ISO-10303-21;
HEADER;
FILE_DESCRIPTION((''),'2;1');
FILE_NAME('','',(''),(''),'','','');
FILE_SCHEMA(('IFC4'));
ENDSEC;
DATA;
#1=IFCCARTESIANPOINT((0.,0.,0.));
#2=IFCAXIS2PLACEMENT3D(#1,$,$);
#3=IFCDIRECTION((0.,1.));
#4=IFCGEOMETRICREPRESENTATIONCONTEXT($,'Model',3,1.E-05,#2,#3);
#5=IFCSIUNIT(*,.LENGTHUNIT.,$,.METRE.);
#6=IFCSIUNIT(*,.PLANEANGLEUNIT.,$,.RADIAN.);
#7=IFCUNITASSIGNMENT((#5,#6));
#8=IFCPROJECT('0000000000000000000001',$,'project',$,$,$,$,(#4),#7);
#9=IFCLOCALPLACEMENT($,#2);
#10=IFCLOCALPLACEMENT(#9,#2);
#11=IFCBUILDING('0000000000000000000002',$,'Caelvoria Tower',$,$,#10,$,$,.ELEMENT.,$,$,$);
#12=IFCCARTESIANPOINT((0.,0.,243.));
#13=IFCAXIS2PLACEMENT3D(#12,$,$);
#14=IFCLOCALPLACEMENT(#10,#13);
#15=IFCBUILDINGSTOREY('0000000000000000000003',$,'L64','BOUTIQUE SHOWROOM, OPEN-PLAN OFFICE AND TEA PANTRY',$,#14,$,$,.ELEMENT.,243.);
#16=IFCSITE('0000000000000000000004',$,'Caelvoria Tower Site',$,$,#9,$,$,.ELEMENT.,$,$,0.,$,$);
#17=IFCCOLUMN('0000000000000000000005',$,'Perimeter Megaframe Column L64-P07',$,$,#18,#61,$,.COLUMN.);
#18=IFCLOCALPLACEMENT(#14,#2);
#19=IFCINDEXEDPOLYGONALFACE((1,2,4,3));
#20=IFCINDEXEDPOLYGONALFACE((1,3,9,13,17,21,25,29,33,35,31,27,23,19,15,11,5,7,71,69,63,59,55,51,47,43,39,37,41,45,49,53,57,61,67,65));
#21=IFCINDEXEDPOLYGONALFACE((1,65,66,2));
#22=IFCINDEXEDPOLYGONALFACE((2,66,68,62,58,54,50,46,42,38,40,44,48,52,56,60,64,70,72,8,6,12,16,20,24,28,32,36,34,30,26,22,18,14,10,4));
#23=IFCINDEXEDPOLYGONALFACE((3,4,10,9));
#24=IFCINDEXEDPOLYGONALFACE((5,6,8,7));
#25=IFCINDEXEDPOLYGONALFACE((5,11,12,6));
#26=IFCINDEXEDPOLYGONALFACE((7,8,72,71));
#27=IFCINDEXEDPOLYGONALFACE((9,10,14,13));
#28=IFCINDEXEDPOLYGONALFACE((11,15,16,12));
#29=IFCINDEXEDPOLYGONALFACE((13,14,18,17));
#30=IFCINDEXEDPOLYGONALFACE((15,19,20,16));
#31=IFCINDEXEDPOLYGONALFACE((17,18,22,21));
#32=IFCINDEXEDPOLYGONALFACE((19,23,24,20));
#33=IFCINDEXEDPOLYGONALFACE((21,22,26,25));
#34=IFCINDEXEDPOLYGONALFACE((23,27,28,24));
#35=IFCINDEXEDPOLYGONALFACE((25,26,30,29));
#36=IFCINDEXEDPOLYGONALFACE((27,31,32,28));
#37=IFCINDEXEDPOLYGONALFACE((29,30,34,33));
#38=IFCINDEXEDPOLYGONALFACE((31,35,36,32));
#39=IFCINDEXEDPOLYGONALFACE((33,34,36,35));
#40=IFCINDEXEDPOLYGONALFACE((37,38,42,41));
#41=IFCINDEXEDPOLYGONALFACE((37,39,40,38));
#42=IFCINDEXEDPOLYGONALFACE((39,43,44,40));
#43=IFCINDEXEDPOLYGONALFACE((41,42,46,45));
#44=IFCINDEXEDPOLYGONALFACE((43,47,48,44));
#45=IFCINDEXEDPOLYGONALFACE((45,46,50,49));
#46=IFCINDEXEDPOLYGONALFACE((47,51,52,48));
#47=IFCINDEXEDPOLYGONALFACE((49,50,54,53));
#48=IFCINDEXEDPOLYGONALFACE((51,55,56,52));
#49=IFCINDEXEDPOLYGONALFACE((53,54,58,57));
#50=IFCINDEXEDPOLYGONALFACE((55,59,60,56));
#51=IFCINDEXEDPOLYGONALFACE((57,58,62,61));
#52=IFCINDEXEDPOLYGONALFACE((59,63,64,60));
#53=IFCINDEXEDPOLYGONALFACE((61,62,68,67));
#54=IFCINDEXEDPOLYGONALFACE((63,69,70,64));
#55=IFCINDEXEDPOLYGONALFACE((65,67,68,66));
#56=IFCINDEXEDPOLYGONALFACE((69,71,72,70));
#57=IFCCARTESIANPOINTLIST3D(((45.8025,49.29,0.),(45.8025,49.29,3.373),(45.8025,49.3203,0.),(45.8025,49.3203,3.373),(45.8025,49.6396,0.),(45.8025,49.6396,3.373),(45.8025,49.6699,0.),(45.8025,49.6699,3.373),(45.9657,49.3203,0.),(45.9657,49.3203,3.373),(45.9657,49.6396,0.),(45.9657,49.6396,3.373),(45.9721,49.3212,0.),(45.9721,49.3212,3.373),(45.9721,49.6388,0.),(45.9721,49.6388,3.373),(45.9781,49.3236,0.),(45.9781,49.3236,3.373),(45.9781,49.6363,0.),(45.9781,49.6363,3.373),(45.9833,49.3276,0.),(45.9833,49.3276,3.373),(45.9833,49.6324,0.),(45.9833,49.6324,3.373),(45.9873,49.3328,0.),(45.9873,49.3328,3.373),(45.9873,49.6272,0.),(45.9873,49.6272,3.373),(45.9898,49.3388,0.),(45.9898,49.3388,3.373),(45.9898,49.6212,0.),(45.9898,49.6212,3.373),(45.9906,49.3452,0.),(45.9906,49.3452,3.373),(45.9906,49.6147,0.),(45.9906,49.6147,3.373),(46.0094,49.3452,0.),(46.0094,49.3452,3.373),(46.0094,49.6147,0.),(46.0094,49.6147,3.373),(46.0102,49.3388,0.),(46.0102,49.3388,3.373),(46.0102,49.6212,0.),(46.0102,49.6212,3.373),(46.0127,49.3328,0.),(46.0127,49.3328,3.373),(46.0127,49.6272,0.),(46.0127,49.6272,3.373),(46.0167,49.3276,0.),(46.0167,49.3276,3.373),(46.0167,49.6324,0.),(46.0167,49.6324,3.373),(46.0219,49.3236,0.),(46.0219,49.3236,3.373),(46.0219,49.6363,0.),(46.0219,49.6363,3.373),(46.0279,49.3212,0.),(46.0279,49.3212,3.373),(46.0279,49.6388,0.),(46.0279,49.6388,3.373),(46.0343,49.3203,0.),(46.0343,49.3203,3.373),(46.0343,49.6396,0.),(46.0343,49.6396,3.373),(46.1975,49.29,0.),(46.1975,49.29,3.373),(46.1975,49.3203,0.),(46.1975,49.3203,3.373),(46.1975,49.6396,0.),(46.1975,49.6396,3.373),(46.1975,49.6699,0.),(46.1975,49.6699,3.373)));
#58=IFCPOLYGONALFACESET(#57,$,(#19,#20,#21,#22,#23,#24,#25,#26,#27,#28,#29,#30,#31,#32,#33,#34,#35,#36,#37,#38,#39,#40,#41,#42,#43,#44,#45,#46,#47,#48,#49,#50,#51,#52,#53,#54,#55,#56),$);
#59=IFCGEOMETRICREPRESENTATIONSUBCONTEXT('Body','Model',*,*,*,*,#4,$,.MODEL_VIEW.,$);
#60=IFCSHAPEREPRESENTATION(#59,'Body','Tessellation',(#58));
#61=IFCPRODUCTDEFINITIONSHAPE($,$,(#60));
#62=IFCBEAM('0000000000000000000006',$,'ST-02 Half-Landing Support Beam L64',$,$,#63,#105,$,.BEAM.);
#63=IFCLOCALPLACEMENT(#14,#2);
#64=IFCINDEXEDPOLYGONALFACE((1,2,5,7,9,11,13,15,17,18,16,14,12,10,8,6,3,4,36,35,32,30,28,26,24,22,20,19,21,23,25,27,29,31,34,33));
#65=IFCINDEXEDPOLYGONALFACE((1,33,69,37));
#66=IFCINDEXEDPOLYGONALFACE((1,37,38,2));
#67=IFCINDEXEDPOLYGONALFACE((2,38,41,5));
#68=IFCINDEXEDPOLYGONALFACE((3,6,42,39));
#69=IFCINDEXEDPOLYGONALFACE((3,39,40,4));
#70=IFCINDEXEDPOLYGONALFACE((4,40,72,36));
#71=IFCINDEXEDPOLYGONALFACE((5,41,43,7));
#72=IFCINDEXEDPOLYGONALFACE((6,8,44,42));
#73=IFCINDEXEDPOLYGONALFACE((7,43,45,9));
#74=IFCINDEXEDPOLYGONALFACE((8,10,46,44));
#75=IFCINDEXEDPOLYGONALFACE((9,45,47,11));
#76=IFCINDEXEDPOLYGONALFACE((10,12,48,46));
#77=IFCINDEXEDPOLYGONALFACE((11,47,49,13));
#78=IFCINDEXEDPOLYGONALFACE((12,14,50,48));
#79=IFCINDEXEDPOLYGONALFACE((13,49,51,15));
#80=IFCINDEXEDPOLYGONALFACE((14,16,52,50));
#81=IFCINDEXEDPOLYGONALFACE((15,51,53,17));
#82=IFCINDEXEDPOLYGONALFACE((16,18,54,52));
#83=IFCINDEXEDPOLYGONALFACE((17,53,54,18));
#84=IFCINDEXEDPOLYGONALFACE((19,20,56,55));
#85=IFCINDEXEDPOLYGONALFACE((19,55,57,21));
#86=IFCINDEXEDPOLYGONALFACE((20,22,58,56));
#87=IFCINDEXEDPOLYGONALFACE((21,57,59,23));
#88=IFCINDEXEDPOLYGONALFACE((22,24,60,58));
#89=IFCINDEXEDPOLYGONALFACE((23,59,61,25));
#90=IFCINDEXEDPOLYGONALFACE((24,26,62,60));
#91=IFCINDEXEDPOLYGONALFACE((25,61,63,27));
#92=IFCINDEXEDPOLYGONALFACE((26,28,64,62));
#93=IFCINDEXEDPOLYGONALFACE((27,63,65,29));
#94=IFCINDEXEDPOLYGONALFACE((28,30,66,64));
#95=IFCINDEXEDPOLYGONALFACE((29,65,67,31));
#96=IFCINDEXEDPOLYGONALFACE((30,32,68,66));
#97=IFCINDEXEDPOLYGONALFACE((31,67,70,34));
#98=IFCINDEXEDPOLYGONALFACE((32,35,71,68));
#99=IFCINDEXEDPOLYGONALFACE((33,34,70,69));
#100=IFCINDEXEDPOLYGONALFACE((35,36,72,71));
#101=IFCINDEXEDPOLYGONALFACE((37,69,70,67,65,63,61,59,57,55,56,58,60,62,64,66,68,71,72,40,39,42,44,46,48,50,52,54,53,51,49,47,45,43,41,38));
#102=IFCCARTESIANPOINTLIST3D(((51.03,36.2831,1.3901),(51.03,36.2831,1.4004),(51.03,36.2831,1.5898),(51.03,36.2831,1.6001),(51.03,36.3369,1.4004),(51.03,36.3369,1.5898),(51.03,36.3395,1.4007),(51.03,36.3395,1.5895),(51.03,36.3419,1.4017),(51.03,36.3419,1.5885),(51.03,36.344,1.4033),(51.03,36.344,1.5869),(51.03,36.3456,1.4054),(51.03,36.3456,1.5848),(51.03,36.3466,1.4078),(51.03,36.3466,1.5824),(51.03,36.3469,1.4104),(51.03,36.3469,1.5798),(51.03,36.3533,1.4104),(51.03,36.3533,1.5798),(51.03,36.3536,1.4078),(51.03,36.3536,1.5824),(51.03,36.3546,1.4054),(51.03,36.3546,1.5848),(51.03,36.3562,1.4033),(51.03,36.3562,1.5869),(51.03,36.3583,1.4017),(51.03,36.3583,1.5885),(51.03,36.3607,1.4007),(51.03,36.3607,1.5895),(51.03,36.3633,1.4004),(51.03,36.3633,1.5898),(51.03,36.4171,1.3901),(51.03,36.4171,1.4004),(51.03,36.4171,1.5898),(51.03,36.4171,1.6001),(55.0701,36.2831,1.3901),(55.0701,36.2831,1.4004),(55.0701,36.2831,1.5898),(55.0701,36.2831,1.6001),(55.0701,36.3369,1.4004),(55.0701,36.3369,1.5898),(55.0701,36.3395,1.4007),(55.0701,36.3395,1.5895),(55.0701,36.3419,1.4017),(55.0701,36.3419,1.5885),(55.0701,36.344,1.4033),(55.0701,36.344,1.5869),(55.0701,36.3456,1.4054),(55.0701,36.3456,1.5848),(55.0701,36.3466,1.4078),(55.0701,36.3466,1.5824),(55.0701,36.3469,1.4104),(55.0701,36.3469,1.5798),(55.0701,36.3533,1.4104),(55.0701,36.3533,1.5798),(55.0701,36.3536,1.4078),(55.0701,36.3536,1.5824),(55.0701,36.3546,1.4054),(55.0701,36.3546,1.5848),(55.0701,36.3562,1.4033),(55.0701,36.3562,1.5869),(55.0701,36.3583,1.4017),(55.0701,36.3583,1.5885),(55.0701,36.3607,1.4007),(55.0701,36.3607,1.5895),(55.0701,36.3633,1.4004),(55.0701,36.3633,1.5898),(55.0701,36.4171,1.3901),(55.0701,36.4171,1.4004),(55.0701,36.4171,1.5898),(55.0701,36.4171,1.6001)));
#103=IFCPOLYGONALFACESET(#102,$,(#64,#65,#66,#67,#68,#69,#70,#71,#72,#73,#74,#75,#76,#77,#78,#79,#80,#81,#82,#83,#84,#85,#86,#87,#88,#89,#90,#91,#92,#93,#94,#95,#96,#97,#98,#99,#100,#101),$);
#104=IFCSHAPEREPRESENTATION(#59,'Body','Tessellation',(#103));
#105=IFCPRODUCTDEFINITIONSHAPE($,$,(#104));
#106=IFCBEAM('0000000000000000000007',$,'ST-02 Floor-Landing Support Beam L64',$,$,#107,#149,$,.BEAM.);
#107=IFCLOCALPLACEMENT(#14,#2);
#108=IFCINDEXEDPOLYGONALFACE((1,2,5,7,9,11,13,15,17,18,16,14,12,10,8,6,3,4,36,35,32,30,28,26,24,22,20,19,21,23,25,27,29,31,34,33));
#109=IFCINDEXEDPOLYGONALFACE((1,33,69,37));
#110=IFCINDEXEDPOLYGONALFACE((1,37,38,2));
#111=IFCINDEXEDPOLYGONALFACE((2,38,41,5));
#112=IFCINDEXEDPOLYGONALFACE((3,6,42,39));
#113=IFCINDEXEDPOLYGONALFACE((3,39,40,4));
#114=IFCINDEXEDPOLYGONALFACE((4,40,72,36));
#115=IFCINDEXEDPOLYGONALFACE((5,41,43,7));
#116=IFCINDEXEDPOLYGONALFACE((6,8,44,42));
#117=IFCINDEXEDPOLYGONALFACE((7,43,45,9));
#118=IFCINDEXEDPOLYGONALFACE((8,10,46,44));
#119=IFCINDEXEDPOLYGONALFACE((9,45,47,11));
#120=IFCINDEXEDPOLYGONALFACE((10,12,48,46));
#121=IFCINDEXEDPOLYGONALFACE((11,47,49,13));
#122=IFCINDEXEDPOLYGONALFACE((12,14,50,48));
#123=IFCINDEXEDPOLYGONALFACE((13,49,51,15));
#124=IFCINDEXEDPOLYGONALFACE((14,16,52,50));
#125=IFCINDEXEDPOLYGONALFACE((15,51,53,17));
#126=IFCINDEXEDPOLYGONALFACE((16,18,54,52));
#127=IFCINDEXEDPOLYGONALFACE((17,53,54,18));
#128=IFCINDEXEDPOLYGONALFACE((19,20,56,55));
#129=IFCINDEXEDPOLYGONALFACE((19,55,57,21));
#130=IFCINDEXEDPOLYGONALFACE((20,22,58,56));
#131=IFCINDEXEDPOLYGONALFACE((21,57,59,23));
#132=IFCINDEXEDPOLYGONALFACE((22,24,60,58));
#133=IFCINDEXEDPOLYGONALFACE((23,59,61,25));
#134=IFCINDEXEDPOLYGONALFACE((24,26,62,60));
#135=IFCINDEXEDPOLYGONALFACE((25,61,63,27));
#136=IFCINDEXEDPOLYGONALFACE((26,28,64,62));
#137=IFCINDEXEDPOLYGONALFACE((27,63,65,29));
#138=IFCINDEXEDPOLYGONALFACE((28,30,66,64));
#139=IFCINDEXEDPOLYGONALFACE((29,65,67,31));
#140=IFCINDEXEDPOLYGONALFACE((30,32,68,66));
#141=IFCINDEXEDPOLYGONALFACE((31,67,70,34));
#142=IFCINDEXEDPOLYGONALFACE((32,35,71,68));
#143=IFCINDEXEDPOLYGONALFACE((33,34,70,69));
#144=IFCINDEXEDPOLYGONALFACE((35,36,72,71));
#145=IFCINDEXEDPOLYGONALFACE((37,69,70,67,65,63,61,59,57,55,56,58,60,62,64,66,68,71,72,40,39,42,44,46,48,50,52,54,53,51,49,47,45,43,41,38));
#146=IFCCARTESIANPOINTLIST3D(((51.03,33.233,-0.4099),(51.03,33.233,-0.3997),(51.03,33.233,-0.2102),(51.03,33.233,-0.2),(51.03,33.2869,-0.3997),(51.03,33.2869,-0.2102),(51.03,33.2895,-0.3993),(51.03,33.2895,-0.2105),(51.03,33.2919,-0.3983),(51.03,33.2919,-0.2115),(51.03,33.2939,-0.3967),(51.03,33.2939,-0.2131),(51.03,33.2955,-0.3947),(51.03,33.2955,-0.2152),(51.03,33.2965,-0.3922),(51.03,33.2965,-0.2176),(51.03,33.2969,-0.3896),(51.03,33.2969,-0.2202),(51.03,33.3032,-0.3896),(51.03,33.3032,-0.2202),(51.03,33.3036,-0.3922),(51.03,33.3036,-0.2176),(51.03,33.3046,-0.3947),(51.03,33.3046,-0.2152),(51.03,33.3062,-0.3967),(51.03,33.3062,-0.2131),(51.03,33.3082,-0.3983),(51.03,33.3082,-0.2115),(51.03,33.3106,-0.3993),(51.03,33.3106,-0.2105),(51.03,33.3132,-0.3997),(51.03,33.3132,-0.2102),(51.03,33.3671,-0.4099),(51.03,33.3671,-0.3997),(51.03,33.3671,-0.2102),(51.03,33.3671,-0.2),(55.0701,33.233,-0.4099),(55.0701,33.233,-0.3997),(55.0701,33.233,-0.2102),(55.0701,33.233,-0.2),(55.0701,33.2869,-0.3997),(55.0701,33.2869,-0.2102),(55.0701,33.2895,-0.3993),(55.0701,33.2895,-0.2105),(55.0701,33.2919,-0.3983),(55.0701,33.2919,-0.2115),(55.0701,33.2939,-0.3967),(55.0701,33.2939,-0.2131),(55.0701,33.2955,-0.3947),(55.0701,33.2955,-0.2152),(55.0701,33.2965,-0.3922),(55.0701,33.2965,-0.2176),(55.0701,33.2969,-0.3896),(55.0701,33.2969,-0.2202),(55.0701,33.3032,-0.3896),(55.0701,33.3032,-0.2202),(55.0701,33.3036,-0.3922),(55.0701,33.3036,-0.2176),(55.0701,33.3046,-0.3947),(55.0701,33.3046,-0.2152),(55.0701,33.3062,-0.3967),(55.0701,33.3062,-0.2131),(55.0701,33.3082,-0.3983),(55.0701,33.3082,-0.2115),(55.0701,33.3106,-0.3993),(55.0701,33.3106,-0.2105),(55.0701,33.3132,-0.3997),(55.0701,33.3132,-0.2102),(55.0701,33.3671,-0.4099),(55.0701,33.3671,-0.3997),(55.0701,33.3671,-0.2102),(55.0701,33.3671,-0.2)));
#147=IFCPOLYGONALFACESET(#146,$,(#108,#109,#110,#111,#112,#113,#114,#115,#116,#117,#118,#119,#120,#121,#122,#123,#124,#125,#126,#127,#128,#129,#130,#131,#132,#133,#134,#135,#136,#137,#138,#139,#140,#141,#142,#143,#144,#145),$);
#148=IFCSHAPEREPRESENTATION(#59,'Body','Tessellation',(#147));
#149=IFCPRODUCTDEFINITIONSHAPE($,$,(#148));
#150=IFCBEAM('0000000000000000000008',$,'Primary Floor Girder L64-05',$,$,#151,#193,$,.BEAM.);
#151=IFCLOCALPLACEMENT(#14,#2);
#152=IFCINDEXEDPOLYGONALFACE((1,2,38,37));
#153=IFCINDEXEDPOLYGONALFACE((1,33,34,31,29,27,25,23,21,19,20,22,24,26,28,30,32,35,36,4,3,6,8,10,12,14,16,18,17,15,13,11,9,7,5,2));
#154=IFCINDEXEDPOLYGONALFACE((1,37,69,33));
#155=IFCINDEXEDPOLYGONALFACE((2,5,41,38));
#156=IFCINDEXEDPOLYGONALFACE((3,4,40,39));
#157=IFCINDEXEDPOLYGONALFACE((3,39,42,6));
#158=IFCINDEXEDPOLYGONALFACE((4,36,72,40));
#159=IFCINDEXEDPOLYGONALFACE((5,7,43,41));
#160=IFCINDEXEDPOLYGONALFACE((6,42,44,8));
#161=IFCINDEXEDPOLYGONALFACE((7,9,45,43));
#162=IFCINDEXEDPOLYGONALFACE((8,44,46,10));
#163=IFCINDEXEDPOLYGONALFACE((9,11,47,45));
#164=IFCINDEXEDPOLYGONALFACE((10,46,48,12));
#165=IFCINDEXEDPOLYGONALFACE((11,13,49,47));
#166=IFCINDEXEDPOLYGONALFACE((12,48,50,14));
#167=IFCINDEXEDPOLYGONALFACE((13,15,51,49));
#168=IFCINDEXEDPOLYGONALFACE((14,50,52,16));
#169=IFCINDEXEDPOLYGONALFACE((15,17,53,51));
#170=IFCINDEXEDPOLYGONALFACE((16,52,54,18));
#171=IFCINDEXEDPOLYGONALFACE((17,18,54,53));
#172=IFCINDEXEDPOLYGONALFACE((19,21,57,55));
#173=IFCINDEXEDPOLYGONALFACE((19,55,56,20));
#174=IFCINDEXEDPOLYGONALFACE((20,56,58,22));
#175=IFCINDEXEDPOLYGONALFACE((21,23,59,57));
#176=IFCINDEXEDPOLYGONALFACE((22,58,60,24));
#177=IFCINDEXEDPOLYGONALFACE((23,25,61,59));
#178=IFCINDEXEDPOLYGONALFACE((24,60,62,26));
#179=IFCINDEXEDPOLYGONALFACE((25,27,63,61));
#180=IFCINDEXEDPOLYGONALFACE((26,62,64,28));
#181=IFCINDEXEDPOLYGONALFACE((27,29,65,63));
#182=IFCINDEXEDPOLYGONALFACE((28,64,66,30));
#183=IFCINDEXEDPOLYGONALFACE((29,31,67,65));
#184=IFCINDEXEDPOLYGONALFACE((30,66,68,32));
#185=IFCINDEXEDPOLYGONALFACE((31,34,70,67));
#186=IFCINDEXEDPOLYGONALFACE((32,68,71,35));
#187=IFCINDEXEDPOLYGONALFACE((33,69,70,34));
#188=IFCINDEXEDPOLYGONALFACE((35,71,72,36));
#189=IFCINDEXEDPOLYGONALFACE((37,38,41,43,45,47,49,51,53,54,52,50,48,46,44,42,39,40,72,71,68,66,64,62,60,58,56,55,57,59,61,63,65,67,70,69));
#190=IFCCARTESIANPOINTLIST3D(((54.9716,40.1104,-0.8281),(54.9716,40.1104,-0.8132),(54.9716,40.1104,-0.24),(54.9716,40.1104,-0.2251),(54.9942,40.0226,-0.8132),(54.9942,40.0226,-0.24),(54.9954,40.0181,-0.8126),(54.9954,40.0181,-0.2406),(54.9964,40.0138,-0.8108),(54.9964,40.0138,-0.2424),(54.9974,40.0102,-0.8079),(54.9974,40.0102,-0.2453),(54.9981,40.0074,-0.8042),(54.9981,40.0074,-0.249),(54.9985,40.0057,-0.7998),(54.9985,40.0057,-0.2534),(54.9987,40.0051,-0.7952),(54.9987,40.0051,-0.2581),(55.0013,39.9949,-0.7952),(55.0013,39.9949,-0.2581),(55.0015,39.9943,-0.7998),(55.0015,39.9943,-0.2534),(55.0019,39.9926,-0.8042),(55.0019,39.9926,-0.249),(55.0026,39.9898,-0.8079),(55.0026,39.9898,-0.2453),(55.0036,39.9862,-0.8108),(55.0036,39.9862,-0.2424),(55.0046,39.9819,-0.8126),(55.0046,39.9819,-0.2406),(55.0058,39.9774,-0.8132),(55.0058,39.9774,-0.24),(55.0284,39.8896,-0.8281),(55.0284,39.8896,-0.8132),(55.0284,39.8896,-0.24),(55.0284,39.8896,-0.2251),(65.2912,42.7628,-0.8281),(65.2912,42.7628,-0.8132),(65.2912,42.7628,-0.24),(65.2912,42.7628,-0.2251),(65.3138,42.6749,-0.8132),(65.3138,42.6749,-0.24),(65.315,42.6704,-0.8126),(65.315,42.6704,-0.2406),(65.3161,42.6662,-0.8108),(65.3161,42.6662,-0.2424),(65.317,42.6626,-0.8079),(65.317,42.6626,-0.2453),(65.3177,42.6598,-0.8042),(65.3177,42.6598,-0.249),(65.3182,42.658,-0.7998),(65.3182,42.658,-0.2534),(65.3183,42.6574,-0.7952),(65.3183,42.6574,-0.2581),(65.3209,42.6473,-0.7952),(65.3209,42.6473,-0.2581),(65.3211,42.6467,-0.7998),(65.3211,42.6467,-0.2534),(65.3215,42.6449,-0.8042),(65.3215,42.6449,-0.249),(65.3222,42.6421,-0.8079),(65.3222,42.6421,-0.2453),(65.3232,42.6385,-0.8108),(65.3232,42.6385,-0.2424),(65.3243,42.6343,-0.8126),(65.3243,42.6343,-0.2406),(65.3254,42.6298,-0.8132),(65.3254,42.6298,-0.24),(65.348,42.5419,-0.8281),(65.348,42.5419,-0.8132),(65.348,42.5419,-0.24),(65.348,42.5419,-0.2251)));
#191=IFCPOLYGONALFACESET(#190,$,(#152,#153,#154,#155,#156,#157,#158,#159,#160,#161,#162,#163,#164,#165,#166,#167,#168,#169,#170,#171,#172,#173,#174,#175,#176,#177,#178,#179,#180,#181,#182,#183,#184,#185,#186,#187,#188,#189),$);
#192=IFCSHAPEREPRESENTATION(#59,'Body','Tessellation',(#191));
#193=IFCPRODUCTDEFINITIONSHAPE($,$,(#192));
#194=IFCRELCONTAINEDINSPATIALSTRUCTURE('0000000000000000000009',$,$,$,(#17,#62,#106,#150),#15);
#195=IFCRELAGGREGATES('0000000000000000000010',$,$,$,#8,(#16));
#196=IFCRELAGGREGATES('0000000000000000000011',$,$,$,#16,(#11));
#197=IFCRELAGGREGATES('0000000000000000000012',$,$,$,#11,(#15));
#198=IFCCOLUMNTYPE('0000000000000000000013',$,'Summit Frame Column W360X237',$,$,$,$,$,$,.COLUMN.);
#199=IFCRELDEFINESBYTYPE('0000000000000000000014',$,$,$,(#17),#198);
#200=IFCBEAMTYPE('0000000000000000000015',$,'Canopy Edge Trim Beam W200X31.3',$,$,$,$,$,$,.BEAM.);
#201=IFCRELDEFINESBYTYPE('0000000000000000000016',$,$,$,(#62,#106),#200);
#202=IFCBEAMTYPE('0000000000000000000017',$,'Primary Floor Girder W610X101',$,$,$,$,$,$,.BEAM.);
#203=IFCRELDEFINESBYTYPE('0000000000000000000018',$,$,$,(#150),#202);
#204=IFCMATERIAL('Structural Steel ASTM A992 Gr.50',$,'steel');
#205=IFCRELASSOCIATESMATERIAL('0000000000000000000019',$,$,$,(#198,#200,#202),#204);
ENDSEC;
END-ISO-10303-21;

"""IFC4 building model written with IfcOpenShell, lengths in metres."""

from ifc_helpers import new_model, si_unit, direction, frame, origin, origin_2d, place, context, subcontext, project, spatial, i_section, extrude, material, material_profile, profile_set, type_object, element, save


model = new_model("IFC4")

# Units and contexts
model_context = context("Model", 3, precision=1e-05, world=origin(), true_north=direction((0.0, 1.0)))
body_context = subcontext(model_context, "Body", "Model", "MODEL_VIEW")
ifc_project = project(units=[si_unit("LENGTHUNIT", "METRE"), si_unit("PLANEANGLEUNIT", "RADIAN")], contexts=[model_context])

# Site, building, storey
site_placement = place(None, origin())
site = spatial("IfcSite", under=ifc_project, at=site_placement, Name="Caelvoria Tower Site", CompositionType="ELEMENT", RefElevation=0.0)
building_placement = place(site_placement, origin())
building = spatial("IfcBuilding", under=site, at=building_placement, Name="Caelvoria Tower", CompositionType="ELEMENT")
storey_placement = place(building_placement, frame((0.0, 0.0, 243.0)))
storey = spatial("IfcBuildingStorey", under=building, at=storey_placement, Name="L64", Description="BOUTIQUE SHOWROOM, OPEN-PLAN OFFICE AND TEA PANTRY", CompositionType="ELEMENT", Elevation=243.0)

# Column
ifc_material_1 = material(Name="Structural Steel ASTM A992 Gr.50", Category="steel")
ifc_material_profile_1 = material_profile(ifc_material_1, i_section(OverallWidth=0.395, OverallDepth=0.3799, WebThickness=0.0188, FlangeThickness=0.0303, FilletRadius=0.0249, at=origin_2d()), Name="Structural Steel ASTM A992 Gr.50")
ifc_profile_set_1 = profile_set([ifc_material_profile_1], Name="W360X237 - Structural Steel ASTM A992 Gr.50")
column_type = type_object("IfcColumnType", Name="Summit Frame Column W360X237", PredefinedType="COLUMN", material=ifc_profile_set_1)
column_placement = place(storey_placement, frame((46.0, 49.48, 0.0), z_axis=(0.0, 0.0, 1.0), x_axis=(1.0, 0.0, 0.0)))
element("IfcColumn", 1, at=column_placement, inside=storey, type_object=column_type, Name="Perimeter Megaframe Column L64-P07", PredefinedType="COLUMN", context=body_context, shape_type="SweptSolid", body=[
    extrude(i_section(OverallWidth=0.395, OverallDepth=0.3799, WebThickness=0.0188, FlangeThickness=0.0303, FilletRadius=0.0249, at=origin_2d()), origin(), (0.0, 0.0, 1.0), 3.373),
])

# Beams
ifc_material_profile_2 = material_profile(ifc_material_1, i_section(OverallWidth=0.134, OverallDepth=0.21, WebThickness=0.0063, FlangeThickness=0.0103, FilletRadius=0.01, at=origin_2d()), Name="Structural Steel ASTM A992 Gr.50")
ifc_profile_set_2 = profile_set([ifc_material_profile_2], Name="W200X31.3 - Structural Steel ASTM A992 Gr.50")
beam_type_1 = type_object("IfcBeamType", Name="Canopy Edge Trim Beam W200X31.3", PredefinedType="BEAM", material=ifc_profile_set_2)
for number, where, z_axis, x_axis, name in (
    (2, (51.03, 36.3501, 1.4951), (1.0, 0.0, 0.0), (0.0, 1.0, 0.0), "ST-02 Half-Landing Support Beam L64"),
    (3, (51.03, 33.3, -0.3049), (1.0, 0.0, 0.0), (0.0, 1.0, 0.0), "ST-02 Floor-Landing Support Beam L64"),
):
    element("IfcBeam", number, at=place(storey_placement, frame(where, z_axis=z_axis, x_axis=x_axis)), inside=storey, type_object=beam_type_1, Name=name, PredefinedType="BEAM", context=body_context, shape_type="SweptSolid", body=[
        extrude(i_section(OverallWidth=0.134, OverallDepth=0.21, WebThickness=0.0063, FlangeThickness=0.0103, FilletRadius=0.01, at=origin_2d()), origin(), (0.0, 0.0, 1.0), 4.04),
    ])
ifc_material_profile_3 = material_profile(ifc_material_1, i_section(OverallWidth=0.228, OverallDepth=0.603, WebThickness=0.0105, FlangeThickness=0.0149, FilletRadius=0.0181, at=origin_2d()), Name="Structural Steel ASTM A992 Gr.50")
ifc_profile_set_3 = profile_set([ifc_material_profile_3], Name="W610X101 - Structural Steel ASTM A992 Gr.50")
beam_type_2 = type_object("IfcBeamType", Name="Primary Floor Girder W610X101", PredefinedType="BEAM", material=ifc_profile_set_3)
beam_1_placement = place(storey_placement, frame((55.0, 40.0, -0.5266), z_axis=(0.968522, 0.24893, 0.0), x_axis=(-0.24893, 0.968522, 0.0)))
element("IfcBeam", 4, at=beam_1_placement, inside=storey, type_object=beam_type_2, Name="Primary Floor Girder L64-05", PredefinedType="BEAM", context=body_context, shape_type="SweptSolid", body=[
    extrude(i_section(OverallWidth=0.228, OverallDepth=0.603, WebThickness=0.0105, FlangeThickness=0.0149, FilletRadius=0.0181, at=origin_2d()), origin(), (0.0, 0.0, 1.0), 10.655),
])

save(model, "model.ifc")
